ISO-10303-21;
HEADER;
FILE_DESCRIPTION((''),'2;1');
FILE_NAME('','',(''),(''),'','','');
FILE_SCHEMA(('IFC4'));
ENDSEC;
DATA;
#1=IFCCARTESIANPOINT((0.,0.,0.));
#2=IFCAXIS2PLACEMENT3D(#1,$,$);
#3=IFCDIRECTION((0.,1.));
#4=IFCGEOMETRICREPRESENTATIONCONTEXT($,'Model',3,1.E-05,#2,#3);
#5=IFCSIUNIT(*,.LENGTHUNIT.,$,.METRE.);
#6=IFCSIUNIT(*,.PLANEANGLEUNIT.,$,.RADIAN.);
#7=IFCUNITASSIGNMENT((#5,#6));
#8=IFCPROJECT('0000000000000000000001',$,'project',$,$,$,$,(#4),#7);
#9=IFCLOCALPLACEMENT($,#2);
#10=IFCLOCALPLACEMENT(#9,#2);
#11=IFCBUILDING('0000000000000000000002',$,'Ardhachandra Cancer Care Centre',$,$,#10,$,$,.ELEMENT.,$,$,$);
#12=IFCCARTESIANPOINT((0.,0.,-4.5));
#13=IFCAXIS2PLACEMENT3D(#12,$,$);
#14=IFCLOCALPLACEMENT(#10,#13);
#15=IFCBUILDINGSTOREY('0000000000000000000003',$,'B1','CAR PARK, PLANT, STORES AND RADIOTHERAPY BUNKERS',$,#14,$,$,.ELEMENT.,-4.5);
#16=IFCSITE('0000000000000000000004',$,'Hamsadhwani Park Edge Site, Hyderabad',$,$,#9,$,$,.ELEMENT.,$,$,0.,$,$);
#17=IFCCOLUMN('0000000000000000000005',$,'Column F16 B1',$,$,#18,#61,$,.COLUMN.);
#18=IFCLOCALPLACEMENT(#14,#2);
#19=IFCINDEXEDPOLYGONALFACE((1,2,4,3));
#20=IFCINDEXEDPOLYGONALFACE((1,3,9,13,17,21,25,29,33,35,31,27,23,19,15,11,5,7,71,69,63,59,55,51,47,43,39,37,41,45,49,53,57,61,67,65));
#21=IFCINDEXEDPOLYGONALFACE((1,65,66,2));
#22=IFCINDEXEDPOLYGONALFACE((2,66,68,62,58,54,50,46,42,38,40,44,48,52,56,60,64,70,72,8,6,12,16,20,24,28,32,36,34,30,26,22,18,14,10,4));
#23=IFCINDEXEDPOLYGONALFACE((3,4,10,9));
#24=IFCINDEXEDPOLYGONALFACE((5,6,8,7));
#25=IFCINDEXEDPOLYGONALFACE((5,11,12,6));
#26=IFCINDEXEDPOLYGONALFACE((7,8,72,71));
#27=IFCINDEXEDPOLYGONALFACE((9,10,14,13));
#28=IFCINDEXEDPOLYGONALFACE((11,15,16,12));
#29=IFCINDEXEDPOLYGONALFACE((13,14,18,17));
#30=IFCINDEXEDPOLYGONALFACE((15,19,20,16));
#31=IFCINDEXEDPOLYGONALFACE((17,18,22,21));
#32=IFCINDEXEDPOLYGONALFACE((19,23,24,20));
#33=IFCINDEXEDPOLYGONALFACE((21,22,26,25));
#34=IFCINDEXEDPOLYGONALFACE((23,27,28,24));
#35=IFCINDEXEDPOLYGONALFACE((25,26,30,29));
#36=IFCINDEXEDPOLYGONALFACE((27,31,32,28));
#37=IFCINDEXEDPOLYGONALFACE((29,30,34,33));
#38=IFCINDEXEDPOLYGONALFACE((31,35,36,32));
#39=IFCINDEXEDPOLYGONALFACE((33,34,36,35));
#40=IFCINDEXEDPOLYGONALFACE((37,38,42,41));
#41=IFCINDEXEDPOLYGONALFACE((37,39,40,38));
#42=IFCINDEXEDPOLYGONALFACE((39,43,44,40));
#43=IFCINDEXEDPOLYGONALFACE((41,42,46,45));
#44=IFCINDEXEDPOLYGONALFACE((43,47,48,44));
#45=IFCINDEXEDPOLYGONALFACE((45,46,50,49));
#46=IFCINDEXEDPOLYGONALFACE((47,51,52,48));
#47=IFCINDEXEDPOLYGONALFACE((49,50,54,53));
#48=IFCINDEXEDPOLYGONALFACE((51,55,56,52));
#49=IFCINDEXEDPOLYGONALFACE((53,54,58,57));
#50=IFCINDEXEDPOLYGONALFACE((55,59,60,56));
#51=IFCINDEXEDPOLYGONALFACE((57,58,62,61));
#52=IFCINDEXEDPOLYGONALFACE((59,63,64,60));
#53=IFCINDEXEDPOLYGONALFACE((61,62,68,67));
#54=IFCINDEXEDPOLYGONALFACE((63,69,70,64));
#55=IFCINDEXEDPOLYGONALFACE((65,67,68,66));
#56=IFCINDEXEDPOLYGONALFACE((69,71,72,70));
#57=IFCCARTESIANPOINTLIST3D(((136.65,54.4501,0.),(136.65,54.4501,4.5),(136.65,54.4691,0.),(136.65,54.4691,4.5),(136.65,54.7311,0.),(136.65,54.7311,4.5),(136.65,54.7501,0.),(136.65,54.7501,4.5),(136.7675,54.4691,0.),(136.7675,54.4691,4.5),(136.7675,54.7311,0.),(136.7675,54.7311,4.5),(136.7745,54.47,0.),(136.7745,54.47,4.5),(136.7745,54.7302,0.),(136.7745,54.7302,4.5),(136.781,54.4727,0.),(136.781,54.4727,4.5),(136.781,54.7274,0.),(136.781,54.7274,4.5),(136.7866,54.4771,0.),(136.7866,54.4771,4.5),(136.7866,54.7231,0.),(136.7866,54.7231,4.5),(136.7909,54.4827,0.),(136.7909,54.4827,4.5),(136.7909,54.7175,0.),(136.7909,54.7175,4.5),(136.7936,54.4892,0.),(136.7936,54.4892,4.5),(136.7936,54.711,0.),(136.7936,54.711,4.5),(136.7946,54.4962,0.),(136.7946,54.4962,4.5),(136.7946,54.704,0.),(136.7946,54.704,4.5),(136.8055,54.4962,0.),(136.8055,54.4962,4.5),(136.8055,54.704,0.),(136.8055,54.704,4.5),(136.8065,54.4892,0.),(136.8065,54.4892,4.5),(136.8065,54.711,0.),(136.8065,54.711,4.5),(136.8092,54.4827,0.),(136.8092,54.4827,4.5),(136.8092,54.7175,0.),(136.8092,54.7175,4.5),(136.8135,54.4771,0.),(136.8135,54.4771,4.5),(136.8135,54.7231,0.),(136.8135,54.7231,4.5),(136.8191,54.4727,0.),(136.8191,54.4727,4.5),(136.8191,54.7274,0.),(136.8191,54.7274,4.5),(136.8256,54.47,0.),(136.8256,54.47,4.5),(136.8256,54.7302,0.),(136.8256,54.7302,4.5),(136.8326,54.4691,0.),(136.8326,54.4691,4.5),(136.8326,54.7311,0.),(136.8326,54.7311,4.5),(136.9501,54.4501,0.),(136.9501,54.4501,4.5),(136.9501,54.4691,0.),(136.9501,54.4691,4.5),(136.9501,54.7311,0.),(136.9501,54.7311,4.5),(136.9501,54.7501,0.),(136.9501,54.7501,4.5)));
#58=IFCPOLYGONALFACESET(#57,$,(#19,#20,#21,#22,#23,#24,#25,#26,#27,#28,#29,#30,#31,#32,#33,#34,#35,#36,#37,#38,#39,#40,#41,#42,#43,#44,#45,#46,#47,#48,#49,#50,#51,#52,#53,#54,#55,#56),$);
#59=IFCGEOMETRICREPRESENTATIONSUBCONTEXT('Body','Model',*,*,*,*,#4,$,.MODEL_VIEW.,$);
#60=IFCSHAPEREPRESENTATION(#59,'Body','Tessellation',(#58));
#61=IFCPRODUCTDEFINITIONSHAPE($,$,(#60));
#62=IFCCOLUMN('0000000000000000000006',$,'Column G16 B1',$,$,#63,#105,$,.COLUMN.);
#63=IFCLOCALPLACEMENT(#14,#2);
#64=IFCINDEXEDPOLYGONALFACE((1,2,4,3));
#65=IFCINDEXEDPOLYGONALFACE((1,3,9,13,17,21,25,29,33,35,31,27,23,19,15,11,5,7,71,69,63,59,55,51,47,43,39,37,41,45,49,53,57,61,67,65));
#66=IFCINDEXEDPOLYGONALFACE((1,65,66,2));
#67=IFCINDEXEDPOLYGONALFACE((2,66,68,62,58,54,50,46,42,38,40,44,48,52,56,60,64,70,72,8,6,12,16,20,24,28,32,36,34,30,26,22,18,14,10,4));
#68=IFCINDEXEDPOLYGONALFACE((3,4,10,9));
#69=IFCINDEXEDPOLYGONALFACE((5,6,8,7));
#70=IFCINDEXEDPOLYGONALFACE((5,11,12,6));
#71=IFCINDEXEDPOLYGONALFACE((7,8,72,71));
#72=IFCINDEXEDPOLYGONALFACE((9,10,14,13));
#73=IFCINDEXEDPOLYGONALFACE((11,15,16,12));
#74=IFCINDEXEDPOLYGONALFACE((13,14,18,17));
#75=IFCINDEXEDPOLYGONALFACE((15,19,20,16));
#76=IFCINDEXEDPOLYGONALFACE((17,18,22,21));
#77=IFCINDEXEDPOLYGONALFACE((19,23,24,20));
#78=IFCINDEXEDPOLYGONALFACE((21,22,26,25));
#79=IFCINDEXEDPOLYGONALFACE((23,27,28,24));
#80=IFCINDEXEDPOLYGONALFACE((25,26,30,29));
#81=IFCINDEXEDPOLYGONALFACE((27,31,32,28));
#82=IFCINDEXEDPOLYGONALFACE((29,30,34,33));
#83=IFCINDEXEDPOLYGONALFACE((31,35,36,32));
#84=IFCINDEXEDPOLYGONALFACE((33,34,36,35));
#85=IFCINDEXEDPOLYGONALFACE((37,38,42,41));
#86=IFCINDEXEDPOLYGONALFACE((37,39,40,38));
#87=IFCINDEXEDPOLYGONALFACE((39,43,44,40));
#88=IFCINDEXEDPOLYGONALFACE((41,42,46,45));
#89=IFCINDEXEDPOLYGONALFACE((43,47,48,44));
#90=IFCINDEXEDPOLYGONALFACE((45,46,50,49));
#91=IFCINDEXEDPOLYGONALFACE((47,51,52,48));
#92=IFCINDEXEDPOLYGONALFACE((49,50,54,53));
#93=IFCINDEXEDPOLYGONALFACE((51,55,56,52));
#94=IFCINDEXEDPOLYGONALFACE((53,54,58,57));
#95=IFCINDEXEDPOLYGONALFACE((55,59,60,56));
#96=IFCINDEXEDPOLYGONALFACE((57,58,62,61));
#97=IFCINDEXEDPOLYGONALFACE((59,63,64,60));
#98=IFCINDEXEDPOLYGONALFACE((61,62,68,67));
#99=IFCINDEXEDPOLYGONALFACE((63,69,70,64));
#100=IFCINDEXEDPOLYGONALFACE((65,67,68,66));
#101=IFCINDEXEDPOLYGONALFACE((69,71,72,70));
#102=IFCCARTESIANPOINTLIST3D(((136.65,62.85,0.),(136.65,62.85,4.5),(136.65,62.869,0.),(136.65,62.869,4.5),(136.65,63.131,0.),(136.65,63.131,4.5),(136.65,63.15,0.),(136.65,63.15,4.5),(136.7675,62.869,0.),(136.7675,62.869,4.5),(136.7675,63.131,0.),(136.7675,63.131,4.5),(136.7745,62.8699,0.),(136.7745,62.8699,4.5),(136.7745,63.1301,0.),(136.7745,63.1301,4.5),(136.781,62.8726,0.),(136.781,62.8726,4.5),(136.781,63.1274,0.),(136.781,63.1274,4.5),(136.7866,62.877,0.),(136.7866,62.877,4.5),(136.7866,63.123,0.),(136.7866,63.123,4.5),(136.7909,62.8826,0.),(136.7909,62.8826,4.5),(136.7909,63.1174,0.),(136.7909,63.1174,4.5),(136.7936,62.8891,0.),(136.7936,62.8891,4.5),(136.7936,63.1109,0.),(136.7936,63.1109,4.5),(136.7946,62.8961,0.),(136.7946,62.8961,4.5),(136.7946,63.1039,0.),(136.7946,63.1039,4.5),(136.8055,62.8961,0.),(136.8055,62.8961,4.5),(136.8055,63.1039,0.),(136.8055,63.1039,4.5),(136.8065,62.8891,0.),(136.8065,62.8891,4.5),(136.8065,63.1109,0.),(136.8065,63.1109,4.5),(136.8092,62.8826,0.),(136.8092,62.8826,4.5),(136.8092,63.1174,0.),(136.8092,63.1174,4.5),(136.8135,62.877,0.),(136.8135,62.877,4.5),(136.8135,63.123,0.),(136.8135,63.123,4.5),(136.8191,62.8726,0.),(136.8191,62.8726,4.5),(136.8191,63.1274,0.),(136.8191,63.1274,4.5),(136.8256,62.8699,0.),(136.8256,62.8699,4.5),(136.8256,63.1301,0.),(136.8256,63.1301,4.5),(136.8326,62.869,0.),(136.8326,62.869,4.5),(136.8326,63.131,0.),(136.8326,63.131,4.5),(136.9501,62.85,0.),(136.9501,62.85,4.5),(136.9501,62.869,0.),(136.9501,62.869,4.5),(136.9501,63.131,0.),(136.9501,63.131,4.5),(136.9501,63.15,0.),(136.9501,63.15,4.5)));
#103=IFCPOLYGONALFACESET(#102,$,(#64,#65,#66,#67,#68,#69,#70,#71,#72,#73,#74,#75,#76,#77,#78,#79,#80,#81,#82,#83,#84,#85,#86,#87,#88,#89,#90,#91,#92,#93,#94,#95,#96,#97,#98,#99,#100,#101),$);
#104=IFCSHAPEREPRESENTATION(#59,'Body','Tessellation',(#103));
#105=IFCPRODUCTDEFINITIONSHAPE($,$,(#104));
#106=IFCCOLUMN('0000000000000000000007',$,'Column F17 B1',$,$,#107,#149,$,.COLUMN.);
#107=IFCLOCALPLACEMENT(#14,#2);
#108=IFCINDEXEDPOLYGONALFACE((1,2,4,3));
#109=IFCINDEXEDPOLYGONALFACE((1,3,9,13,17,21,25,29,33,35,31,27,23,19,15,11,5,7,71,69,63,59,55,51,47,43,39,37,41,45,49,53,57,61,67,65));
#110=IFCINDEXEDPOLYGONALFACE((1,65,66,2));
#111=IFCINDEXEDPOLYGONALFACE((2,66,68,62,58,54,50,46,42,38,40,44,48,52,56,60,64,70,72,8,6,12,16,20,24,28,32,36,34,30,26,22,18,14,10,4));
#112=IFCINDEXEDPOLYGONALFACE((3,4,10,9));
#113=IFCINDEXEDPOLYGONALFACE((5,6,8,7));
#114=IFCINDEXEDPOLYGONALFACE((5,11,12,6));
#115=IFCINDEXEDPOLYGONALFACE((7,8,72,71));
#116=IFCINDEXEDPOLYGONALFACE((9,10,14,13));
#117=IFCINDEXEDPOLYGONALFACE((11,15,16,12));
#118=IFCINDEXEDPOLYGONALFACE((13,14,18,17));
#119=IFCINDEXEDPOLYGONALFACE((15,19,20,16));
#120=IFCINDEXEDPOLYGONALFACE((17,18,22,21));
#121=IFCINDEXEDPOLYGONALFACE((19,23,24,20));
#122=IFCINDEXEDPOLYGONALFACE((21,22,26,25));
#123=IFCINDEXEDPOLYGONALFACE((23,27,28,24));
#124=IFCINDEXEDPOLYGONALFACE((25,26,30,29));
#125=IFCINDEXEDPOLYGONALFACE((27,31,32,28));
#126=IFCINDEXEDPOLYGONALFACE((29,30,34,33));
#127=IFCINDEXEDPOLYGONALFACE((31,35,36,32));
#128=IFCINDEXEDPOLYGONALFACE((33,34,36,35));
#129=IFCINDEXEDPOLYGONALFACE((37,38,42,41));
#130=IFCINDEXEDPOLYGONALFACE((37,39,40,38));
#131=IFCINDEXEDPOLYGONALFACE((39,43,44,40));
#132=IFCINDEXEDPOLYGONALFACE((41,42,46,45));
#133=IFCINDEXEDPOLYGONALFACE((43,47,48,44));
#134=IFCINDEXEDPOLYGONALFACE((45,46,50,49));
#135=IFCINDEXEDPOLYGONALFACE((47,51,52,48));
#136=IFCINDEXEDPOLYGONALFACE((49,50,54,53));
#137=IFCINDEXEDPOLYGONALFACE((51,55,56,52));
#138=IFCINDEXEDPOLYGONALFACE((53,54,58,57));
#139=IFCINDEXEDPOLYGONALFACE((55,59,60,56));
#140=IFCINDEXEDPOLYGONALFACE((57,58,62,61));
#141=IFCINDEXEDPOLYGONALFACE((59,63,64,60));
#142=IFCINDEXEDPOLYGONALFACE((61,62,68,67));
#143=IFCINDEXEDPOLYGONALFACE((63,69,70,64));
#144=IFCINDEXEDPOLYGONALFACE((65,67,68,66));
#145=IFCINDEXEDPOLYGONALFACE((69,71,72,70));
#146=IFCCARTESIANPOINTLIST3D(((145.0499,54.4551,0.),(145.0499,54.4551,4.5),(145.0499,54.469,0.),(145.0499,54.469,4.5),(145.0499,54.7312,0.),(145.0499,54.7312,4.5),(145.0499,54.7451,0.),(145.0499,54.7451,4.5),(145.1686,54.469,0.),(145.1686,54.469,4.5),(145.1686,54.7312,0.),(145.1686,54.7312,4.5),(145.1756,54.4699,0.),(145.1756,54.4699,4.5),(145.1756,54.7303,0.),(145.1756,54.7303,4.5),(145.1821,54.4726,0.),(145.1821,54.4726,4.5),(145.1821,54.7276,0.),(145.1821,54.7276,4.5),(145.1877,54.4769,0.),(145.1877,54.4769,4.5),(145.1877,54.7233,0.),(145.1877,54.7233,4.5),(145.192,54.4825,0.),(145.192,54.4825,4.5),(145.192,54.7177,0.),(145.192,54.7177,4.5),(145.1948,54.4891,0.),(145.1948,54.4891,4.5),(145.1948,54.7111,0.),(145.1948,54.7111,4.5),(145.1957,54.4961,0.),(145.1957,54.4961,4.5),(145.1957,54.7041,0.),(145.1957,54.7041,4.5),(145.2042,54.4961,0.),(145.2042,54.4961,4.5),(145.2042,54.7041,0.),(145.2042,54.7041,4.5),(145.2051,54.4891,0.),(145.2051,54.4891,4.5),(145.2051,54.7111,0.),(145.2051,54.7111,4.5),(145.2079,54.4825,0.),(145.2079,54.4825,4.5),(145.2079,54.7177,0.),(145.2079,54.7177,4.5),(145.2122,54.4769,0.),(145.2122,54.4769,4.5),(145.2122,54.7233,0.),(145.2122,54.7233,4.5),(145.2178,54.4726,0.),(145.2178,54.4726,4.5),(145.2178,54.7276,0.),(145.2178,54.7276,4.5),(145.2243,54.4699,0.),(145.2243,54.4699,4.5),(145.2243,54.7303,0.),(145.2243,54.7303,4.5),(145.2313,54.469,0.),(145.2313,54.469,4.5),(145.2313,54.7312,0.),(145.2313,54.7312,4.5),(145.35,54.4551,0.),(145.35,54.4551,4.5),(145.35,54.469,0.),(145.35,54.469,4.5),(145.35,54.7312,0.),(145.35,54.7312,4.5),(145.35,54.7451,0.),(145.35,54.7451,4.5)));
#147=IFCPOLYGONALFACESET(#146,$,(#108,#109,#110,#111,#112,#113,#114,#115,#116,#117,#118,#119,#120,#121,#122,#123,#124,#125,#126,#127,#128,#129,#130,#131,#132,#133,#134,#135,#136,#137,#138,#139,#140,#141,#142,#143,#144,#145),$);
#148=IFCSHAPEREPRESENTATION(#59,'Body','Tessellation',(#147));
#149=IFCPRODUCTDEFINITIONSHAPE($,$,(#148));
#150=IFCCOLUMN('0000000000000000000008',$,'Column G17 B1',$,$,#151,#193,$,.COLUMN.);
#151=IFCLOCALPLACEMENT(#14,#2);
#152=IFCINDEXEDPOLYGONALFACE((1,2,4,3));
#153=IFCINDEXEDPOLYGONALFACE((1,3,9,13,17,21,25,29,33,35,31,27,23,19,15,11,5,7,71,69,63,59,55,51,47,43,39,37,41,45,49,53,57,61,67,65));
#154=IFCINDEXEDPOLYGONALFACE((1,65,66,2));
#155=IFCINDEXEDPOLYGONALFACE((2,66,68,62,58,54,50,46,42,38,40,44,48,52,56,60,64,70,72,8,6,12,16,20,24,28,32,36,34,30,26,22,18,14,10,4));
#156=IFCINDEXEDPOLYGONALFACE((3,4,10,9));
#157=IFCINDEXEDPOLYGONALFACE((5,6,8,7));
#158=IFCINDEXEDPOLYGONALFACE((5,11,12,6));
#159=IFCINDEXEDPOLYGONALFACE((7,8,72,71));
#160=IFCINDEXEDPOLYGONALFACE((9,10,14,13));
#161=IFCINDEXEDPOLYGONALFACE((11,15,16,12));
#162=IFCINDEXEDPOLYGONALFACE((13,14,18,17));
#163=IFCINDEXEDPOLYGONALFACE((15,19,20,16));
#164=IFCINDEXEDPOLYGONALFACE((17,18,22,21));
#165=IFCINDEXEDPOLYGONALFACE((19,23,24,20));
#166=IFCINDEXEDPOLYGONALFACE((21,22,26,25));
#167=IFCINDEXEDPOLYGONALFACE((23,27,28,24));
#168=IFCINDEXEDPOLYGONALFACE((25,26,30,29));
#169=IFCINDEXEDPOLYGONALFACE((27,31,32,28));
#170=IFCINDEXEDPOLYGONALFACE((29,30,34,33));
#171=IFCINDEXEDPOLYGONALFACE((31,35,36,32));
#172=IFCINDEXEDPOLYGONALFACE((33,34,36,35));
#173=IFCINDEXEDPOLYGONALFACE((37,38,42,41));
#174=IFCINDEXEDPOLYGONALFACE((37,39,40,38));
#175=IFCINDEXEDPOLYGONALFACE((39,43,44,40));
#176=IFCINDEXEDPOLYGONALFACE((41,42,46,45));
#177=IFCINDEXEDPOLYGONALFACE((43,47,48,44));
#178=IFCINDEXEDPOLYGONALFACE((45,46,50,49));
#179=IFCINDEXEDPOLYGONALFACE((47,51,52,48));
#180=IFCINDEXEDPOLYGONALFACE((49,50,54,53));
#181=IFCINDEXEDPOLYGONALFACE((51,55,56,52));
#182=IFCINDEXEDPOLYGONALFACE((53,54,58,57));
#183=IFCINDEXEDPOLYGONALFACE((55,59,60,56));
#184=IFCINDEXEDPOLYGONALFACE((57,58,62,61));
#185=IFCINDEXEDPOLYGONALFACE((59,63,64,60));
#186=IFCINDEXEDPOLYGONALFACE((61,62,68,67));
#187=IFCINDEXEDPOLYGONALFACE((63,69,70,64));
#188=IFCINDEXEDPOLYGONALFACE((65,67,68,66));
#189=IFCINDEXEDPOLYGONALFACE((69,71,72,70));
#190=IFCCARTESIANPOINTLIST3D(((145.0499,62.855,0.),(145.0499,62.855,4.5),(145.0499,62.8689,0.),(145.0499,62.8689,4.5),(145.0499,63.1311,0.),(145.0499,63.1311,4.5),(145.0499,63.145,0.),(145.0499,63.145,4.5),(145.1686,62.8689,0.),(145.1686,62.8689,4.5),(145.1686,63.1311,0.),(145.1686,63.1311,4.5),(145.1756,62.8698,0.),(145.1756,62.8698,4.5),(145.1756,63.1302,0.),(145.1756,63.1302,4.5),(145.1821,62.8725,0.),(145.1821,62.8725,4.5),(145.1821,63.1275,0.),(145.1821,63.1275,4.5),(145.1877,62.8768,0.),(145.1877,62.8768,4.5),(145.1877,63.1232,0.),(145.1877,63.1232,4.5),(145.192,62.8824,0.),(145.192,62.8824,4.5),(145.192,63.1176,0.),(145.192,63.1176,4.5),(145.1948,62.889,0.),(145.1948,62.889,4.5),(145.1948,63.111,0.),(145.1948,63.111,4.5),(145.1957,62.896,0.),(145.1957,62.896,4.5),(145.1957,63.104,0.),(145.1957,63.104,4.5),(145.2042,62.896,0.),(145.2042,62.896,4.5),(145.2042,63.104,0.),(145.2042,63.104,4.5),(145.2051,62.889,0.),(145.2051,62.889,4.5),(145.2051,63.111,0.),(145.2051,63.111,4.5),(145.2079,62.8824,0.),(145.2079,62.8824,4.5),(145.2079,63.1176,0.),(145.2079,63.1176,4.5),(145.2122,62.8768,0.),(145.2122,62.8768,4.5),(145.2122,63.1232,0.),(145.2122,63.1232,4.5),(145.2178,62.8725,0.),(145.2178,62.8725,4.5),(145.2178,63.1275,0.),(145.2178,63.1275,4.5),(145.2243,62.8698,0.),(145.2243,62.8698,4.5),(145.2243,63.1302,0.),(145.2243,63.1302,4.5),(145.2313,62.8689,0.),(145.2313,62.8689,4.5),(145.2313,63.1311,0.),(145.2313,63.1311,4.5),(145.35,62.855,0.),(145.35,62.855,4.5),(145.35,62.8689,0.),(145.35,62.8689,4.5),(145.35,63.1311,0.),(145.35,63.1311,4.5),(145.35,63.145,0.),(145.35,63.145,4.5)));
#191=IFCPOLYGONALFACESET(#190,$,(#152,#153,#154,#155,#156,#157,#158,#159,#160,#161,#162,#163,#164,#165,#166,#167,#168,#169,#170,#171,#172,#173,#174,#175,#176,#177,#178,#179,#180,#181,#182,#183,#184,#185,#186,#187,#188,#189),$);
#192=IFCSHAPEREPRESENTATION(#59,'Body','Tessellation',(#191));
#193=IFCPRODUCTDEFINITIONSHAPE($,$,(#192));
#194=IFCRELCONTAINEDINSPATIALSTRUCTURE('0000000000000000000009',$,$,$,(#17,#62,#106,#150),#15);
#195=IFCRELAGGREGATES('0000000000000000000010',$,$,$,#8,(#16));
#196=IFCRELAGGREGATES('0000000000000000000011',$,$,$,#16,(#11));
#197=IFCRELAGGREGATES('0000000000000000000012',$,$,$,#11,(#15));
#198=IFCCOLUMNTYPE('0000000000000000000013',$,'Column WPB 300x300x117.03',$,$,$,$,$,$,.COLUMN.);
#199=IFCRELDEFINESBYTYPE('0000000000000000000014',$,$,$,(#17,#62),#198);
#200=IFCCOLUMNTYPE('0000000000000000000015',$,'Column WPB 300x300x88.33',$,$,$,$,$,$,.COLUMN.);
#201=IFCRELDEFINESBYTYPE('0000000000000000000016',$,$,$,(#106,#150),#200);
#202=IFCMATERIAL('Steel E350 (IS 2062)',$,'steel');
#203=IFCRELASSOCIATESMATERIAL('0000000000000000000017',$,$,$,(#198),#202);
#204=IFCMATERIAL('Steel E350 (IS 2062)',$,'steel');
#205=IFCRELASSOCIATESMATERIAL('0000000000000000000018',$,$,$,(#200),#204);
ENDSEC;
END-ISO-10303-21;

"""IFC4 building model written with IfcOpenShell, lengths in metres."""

from ifc_helpers import new_model, si_unit, direction, frame, origin, origin_2d, place, context, subcontext, project, spatial, i_section, extrude, material, material_profile, profile_set, type_object, element, save


model = new_model("IFC4")

# Units and contexts
model_context = context("Model", 3, precision=1e-05, world=origin(), true_north=direction((0.0, 1.0)))
body_context = subcontext(model_context, "Body", "Model", "MODEL_VIEW")
ifc_project = project(units=[si_unit("LENGTHUNIT", "METRE"), si_unit("PLANEANGLEUNIT", "RADIAN")], contexts=[model_context])

# Site, building, storey
site_placement = place(None, origin())
site = spatial("IfcSite", under=ifc_project, at=site_placement, Name="Hamsadhwani Park Edge Site, Hyderabad", CompositionType="ELEMENT", RefElevation=0.0)
building_placement = place(site_placement, origin())
building = spatial("IfcBuilding", under=site, at=building_placement, Name="Ardhachandra Cancer Care Centre", CompositionType="ELEMENT")
storey_placement = place(building_placement, frame((0.0, 0.0, -4.5)))
storey = spatial("IfcBuildingStorey", under=building, at=storey_placement, Name="B1", Description="CAR PARK, PLANT, STORES AND RADIOTHERAPY BUNKERS", CompositionType="ELEMENT", Elevation=-4.5)

# Columns
ifc_material_1 = material(Name="Steel E350 (IS 2062)", Category="steel")
ifc_material_profile_1 = material_profile(ifc_material_1, i_section(OverallWidth=0.3, OverallDepth=0.3, WebThickness=0.011, FlangeThickness=0.019, FilletRadius=0.0271, at=origin_2d()), Name="WPB 300x300x117.03")
ifc_profile_set_1 = profile_set([ifc_material_profile_1], Name="Steel E350 (IS 2062)")
column_type_1 = type_object("IfcColumnType", Name="Column WPB 300x300x117.03", PredefinedType="COLUMN", material=ifc_profile_set_1)
for number, where, z_axis, x_axis, name in (
    (1, (136.8, 54.6001, 0.0), (0.0, 0.0, 1.0), (1.0, 0.0, 0.0), "Column F16 B1"),
    (2, (136.8, 63.0, 0.0), (0.0, 0.0, 1.0), (1.0, 0.0, 0.0), "Column G16 B1"),
):
    element("IfcColumn", number, at=place(storey_placement, frame(where, z_axis=z_axis, x_axis=x_axis)), inside=storey, type_object=column_type_1, Name=name, PredefinedType="COLUMN", context=body_context, shape_type="SweptSolid", body=[
        extrude(i_section(OverallWidth=0.3, OverallDepth=0.3, WebThickness=0.011, FlangeThickness=0.019, FilletRadius=0.0271, at=origin_2d()), origin(), (0.0, 0.0, 1.0), 4.5),
    ])
ifc_material_2 = material(Name="Steel E350 (IS 2062)", Category="steel")
ifc_material_profile_2 = material_profile(ifc_material_2, i_section(OverallWidth=0.3, OverallDepth=0.29, WebThickness=0.0085, FlangeThickness=0.0139, FilletRadius=0.0271, at=origin_2d()), Name="WPB 300x300x88.33")
ifc_profile_set_2 = profile_set([ifc_material_profile_2], Name="Steel E350 (IS 2062)")
column_type_2 = type_object("IfcColumnType", Name="Column WPB 300x300x88.33", PredefinedType="COLUMN", material=ifc_profile_set_2)
for number, where, z_axis, x_axis, name in (
    (3, (145.2, 54.6001, 0.0), (0.0, 0.0, 1.0), (1.0, 0.0, 0.0), "Column F17 B1"),
    (4, (145.2, 63.0, 0.0), (0.0, 0.0, 1.0), (1.0, 0.0, 0.0), "Column G17 B1"),
):
    element("IfcColumn", number, at=place(storey_placement, frame(where, z_axis=z_axis, x_axis=x_axis)), inside=storey, type_object=column_type_2, Name=name, PredefinedType="COLUMN", context=body_context, shape_type="SweptSolid", body=[
        extrude(i_section(OverallWidth=0.3, OverallDepth=0.29, WebThickness=0.0085, FlangeThickness=0.0139, FilletRadius=0.0271, at=origin_2d()), origin(), (0.0, 0.0, 1.0), 4.5),
    ])

save(model, "model.ifc")
